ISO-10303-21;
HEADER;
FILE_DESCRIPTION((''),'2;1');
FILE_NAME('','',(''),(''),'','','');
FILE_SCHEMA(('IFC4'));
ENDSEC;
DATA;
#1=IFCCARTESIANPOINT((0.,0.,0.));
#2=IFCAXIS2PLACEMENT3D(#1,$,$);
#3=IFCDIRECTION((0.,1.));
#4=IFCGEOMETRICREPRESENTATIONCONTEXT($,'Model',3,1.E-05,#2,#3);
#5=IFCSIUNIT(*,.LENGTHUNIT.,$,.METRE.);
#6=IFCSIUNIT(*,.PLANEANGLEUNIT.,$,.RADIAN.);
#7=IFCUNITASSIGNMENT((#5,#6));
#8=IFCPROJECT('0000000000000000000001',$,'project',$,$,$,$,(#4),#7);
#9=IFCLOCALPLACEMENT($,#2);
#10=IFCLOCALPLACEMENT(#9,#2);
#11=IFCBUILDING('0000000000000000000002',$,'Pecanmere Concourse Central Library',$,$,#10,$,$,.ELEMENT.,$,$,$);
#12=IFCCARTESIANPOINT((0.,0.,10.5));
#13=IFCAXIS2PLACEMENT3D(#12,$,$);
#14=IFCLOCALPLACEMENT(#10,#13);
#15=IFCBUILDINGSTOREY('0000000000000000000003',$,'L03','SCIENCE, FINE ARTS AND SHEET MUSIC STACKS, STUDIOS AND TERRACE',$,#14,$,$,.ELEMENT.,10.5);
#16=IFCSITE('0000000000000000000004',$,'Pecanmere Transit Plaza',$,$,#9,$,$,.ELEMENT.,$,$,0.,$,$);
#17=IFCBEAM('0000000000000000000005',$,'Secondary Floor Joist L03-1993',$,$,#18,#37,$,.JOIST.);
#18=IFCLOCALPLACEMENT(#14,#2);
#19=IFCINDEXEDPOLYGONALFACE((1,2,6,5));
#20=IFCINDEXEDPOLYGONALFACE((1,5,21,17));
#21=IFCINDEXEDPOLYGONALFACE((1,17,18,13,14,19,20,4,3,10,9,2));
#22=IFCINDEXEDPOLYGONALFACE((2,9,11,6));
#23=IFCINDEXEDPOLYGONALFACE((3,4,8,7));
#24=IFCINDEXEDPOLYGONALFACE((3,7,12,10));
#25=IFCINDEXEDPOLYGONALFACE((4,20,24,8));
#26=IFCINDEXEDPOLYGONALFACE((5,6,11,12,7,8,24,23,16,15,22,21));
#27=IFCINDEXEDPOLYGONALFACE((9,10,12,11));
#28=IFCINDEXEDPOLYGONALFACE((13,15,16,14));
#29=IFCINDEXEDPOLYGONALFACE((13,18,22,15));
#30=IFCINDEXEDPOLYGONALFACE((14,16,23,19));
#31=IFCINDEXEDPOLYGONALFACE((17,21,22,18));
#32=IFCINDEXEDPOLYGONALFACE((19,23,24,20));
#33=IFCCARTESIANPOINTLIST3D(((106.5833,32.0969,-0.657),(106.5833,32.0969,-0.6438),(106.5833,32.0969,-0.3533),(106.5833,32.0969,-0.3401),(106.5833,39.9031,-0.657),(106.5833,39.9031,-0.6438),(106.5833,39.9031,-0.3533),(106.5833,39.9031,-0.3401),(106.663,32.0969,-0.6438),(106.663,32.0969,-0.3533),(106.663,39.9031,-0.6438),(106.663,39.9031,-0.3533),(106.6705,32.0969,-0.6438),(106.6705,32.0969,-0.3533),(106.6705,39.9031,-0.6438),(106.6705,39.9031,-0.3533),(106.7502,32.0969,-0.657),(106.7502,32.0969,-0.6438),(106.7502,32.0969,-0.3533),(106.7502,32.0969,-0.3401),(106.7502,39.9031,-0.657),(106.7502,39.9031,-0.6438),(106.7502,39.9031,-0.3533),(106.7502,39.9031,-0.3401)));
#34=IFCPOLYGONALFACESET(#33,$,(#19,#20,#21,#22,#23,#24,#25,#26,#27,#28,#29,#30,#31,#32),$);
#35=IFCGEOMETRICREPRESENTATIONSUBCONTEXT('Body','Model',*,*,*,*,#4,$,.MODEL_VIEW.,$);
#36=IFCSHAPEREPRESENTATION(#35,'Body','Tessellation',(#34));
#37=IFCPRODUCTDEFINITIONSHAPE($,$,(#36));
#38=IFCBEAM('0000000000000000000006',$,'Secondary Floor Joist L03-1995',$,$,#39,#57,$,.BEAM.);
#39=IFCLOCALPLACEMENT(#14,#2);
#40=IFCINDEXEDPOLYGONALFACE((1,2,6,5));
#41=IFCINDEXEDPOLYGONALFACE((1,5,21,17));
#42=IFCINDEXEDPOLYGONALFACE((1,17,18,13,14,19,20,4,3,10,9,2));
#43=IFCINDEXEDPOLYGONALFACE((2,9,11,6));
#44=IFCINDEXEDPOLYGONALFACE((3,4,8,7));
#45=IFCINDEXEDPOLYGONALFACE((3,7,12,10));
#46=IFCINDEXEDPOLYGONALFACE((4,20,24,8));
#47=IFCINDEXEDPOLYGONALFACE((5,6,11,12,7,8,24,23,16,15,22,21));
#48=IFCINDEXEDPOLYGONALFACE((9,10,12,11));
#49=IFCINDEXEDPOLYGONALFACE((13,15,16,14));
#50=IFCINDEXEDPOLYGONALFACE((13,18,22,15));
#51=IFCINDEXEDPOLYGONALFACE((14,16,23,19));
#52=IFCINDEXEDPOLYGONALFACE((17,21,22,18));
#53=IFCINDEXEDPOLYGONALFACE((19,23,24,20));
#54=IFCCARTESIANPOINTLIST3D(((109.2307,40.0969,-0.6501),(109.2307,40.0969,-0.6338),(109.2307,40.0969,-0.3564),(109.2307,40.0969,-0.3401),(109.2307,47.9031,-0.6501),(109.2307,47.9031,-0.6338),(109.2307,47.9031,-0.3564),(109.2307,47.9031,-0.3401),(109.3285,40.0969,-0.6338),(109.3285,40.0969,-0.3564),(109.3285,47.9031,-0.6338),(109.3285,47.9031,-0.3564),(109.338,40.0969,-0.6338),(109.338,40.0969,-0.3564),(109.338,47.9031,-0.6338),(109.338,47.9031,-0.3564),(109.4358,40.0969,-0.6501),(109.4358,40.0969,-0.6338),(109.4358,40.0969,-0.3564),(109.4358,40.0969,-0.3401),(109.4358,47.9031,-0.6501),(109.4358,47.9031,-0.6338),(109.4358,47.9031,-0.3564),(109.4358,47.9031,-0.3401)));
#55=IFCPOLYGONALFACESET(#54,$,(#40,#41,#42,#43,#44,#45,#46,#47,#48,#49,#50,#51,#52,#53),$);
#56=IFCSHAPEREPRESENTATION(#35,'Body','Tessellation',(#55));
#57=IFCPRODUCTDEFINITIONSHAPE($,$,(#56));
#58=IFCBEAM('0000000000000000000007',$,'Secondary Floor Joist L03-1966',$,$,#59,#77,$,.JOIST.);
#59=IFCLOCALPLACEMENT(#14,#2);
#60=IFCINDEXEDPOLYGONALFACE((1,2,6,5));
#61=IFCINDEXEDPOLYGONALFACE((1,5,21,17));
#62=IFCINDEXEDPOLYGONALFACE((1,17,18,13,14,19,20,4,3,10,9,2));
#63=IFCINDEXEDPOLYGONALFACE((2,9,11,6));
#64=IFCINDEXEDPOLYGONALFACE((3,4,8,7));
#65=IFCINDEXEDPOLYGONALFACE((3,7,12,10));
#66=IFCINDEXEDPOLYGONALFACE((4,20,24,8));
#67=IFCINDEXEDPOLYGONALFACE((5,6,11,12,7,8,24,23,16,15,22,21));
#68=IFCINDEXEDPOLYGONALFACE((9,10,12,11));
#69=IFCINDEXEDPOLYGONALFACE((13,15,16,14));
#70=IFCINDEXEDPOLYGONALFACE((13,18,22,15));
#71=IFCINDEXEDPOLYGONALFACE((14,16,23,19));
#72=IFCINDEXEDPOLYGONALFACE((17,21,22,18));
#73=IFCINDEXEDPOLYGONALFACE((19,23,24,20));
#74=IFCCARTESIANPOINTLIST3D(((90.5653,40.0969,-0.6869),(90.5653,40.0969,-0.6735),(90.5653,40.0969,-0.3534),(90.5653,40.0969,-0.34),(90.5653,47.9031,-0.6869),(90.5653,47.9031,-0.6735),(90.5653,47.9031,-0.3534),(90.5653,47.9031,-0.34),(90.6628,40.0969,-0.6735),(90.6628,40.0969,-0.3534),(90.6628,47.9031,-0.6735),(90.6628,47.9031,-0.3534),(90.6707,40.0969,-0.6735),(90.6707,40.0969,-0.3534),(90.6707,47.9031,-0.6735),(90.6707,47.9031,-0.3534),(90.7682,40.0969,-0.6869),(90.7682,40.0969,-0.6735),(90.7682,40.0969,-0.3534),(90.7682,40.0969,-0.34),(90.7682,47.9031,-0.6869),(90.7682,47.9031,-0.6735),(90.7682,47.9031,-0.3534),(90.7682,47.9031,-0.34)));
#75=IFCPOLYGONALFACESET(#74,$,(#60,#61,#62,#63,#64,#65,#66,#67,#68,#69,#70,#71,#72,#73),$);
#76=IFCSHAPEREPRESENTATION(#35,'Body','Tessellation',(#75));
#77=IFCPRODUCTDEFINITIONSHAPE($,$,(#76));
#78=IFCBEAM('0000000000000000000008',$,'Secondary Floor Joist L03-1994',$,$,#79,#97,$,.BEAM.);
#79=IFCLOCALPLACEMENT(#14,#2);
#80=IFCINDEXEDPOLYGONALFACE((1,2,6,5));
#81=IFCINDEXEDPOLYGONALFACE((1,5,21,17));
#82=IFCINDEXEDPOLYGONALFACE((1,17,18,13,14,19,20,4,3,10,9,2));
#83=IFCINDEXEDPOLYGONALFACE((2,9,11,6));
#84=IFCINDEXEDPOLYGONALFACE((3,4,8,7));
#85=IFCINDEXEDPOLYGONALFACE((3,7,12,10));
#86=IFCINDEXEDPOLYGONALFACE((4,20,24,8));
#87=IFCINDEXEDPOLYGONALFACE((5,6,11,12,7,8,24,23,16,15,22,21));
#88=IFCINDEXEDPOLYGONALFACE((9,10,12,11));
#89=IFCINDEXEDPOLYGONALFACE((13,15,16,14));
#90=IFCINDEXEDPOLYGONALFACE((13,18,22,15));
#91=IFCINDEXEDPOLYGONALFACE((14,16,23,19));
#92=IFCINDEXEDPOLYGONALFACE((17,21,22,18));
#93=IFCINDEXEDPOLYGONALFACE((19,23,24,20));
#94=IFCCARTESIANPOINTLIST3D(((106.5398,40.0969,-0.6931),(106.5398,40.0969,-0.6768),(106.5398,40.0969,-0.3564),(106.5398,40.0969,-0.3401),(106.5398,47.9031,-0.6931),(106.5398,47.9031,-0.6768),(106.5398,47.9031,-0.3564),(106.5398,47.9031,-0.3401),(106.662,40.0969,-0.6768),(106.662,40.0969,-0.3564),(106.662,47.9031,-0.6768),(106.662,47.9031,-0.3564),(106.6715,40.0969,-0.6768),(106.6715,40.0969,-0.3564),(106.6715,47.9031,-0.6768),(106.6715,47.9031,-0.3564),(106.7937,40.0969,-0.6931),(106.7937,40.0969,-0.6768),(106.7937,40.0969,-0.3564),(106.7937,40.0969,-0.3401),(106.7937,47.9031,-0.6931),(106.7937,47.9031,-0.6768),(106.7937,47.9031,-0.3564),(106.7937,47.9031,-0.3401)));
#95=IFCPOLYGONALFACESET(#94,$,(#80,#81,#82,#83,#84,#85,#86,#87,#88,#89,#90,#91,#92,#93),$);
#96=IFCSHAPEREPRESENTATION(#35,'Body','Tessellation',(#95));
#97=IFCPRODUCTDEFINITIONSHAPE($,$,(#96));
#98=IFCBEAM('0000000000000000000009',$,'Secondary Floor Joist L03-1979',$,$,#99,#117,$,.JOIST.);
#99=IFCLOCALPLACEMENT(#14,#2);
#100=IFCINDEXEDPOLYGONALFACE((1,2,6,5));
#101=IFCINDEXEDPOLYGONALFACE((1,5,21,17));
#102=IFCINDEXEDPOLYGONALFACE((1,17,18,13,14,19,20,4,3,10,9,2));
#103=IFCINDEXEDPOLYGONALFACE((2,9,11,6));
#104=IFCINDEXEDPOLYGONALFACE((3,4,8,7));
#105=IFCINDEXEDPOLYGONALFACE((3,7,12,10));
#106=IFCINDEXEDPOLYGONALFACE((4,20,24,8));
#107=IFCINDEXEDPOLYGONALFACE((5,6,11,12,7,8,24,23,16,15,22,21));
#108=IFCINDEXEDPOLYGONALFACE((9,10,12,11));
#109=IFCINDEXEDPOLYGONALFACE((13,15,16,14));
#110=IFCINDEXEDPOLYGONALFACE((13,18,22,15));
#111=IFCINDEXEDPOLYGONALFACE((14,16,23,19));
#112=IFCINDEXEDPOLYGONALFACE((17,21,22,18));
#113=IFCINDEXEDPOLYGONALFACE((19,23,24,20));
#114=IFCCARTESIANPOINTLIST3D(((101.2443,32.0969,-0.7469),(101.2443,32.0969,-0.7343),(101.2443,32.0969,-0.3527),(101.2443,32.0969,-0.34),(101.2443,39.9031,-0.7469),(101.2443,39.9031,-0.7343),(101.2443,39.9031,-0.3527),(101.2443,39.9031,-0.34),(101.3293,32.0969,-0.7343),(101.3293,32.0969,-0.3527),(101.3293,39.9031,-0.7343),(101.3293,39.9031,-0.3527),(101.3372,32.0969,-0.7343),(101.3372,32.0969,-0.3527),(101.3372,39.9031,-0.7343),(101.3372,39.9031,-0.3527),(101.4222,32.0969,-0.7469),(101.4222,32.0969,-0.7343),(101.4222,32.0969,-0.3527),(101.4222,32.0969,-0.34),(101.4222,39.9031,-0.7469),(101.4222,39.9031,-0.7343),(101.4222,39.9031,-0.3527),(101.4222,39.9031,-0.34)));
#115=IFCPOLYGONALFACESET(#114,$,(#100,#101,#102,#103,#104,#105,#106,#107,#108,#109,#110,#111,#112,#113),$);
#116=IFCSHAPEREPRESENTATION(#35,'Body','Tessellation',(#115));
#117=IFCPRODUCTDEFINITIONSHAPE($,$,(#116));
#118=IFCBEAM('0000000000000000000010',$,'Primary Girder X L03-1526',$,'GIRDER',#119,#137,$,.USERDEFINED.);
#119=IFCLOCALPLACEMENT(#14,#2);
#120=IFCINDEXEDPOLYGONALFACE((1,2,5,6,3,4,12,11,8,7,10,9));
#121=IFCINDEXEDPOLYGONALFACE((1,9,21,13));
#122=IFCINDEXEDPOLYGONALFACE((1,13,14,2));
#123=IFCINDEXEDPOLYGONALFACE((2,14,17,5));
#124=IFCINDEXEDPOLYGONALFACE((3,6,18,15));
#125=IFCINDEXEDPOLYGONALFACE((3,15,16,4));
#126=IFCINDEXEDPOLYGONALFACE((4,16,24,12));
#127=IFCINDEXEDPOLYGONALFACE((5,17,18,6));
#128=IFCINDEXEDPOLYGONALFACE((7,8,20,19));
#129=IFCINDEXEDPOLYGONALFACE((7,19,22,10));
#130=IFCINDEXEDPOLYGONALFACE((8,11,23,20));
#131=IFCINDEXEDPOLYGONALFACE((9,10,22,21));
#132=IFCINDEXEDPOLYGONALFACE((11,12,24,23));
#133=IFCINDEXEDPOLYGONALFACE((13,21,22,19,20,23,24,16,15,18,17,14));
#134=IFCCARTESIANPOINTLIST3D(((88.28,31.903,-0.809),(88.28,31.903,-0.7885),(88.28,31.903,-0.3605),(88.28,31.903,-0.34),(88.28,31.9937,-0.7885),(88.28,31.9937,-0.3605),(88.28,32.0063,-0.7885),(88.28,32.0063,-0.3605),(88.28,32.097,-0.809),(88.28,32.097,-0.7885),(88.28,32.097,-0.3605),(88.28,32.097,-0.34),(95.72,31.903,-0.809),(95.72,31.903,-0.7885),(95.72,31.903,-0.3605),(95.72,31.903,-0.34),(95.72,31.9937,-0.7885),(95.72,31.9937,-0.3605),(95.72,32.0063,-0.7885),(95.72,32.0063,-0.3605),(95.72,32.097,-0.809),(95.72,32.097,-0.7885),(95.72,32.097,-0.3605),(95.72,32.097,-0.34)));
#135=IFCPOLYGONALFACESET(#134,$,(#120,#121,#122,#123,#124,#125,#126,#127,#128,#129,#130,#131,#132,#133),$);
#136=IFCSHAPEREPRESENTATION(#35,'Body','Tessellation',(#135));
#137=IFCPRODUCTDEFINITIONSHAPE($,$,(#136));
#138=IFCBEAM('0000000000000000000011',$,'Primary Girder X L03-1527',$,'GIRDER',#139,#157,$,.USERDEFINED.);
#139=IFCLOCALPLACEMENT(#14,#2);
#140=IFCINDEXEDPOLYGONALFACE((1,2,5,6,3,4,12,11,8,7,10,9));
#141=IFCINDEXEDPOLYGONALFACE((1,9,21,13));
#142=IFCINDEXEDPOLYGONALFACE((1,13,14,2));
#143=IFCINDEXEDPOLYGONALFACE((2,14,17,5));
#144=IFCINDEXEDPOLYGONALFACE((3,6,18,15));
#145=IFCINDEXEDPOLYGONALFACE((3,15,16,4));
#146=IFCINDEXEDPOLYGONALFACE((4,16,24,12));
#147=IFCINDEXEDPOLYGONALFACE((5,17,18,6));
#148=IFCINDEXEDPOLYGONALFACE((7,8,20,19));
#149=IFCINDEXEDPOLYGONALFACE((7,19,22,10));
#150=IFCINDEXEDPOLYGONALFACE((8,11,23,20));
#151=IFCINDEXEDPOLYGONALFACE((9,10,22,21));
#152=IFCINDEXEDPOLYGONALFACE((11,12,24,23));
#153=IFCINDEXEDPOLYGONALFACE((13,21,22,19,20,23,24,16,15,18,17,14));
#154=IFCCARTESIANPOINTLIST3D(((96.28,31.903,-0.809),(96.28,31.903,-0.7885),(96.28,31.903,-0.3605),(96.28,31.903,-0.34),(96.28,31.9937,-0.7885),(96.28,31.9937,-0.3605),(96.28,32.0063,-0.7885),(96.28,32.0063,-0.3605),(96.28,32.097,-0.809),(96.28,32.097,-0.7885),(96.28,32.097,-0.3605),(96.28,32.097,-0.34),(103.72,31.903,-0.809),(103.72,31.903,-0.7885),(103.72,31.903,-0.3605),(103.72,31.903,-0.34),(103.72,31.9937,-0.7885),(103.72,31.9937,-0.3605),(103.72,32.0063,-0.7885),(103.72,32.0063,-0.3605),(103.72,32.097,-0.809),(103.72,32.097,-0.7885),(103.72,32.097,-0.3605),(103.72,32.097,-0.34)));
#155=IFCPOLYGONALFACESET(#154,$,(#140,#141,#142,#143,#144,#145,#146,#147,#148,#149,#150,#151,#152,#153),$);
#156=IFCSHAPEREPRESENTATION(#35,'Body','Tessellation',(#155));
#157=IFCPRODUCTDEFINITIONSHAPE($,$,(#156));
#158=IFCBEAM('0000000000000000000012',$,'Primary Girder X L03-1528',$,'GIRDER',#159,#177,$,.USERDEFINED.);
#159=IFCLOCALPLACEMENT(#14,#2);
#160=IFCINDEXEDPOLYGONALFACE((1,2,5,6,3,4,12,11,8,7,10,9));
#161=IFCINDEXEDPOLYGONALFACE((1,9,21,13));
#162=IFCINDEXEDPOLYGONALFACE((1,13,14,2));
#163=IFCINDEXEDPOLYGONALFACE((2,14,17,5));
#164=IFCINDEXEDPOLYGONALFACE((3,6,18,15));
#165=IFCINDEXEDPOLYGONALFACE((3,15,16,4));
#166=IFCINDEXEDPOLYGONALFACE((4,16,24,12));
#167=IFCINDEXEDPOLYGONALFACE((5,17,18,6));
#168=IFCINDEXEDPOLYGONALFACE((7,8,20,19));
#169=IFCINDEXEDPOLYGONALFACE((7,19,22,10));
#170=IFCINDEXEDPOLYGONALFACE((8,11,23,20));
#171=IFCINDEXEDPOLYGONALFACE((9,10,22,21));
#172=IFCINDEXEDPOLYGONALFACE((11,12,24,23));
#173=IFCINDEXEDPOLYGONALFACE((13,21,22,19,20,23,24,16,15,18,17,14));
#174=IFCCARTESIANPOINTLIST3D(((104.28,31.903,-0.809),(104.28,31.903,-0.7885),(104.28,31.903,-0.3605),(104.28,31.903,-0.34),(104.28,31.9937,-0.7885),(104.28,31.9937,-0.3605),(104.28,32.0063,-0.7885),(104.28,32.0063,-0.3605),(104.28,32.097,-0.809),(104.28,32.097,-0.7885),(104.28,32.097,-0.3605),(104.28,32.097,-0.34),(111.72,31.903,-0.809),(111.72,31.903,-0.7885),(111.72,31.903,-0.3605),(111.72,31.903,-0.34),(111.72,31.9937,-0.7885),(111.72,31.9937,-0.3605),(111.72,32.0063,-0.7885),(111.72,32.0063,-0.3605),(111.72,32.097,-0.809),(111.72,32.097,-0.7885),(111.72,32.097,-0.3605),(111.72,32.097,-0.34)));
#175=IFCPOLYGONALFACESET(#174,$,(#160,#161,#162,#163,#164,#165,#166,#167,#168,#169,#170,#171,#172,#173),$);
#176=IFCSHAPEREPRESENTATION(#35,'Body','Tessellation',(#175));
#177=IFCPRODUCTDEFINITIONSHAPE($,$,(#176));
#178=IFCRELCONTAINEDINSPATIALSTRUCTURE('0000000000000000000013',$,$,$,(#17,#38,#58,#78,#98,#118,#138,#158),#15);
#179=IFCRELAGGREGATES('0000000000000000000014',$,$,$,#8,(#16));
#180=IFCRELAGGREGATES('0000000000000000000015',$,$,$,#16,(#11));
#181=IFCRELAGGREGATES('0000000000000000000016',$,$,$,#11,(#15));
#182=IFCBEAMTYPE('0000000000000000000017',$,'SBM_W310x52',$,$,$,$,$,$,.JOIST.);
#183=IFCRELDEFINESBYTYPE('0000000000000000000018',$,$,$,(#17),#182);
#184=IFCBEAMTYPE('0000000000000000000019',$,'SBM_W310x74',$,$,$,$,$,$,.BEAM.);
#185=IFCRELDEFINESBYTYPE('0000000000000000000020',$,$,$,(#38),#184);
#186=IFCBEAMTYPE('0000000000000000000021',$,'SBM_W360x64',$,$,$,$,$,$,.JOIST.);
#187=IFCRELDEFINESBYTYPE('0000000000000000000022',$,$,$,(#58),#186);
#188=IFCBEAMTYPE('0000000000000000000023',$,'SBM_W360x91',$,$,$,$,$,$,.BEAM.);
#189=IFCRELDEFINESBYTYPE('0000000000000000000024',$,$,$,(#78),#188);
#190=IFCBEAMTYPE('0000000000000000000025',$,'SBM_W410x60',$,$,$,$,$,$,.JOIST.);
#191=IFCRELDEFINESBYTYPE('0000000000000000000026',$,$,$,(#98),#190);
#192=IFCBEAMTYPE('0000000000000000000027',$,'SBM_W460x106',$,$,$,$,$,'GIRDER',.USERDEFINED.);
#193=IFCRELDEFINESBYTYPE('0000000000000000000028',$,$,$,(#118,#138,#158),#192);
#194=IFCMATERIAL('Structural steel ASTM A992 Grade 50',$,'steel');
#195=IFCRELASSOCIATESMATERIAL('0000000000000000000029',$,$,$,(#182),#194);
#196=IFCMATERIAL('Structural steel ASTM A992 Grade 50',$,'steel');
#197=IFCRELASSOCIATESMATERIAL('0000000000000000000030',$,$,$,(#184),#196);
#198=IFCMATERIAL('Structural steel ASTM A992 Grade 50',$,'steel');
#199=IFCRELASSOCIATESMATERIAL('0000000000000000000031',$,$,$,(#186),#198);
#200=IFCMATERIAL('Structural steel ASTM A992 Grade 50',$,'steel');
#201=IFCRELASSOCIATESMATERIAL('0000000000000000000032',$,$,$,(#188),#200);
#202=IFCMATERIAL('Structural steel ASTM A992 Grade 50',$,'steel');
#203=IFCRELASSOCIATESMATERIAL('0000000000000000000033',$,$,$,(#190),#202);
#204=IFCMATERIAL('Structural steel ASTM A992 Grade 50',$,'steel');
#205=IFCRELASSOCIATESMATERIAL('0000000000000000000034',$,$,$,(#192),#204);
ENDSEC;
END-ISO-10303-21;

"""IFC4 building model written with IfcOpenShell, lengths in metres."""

from ifc_helpers import new_model, si_unit, direction, frame, origin, origin_2d, place, context, subcontext, project, spatial, i_section, extrude, material, material_profile, profile_set, type_object, element, save


model = new_model("IFC4")

# Units and contexts
model_context = context("Model", 3, precision=1e-05, world=origin(), true_north=direction((0.0, 1.0)))
body_context = subcontext(model_context, "Body", "Model", "MODEL_VIEW")
ifc_project = project(units=[si_unit("LENGTHUNIT", "METRE"), si_unit("PLANEANGLEUNIT", "RADIAN")], contexts=[model_context])

# Site, building, storey
site_placement = place(None, origin())
site = spatial("IfcSite", under=ifc_project, at=site_placement, Name="Pecanmere Transit Plaza", CompositionType="ELEMENT", RefElevation=0.0)
building_placement = place(site_placement, origin())
building = spatial("IfcBuilding", under=site, at=building_placement, Name="Pecanmere Concourse Central Library", CompositionType="ELEMENT")
storey_placement = place(building_placement, frame((0.0, 0.0, 10.5)))
storey = spatial("IfcBuildingStorey", under=building, at=storey_placement, Name="L03", Description="SCIENCE, FINE ARTS AND SHEET MUSIC STACKS, STUDIOS AND TERRACE", CompositionType="ELEMENT", Elevation=10.5)

# Beams
ifc_material_1 = material(Name="Structural steel ASTM A992 Grade 50", Category="steel")
ifc_material_profile_1 = material_profile(ifc_material_1, i_section(OverallWidth=0.167, OverallDepth=0.3169, WebThickness=0.0076, FlangeThickness=0.0132, at=origin_2d()), Name="W310x52")
ifc_profile_set_1 = profile_set([ifc_material_profile_1], Name="Structural steel ASTM A992 Grade 50")
beam_type_1 = type_object("IfcBeamType", Name="SBM_W310x52", PredefinedType="JOIST", material=ifc_profile_set_1)
for number, where, z_axis, x_axis, name in (
    (1, (106.6667, 32.0969, -0.4985), (0.0, 1.0, 0.0), (-1.0, 0.0, 0.0), "Secondary Floor Joist L03-1993"),
):
    element("IfcBeam", number, at=place(storey_placement, frame(where, z_axis=z_axis, x_axis=x_axis)), inside=storey, type_object=beam_type_1, Name=name, PredefinedType="JOIST", context=body_context, shape_type="SweptSolid", body=[
        extrude(i_section(OverallWidth=0.167, OverallDepth=0.3169, WebThickness=0.0076, FlangeThickness=0.0132, at=origin_2d()), origin(), (0.0, 0.0, 1.0), 7.8062),
    ])
ifc_material_2 = material(Name="Structural steel ASTM A992 Grade 50", Category="steel")
ifc_material_profile_2 = material_profile(ifc_material_2, i_section(OverallWidth=0.2051, OverallDepth=0.3101, WebThickness=0.0095, FlangeThickness=0.0164, at=origin_2d()), Name="W310x74")
ifc_profile_set_2 = profile_set([ifc_material_profile_2], Name="Structural steel ASTM A992 Grade 50")
beam_type_2 = type_object("IfcBeamType", Name="SBM_W310x74", PredefinedType="BEAM", material=ifc_profile_set_2)
beam_1_placement = place(storey_placement, frame((109.3333, 40.0969, -0.4951), z_axis=(0.0, 1.0, 0.0), x_axis=(-1.0, 0.0, 0.0)))
element("IfcBeam", 2, at=beam_1_placement, inside=storey, type_object=beam_type_2, Name="Secondary Floor Joist L03-1995", PredefinedType="BEAM", context=body_context, shape_type="SweptSolid", body=[
    extrude(i_section(OverallWidth=0.2051, OverallDepth=0.3101, WebThickness=0.0095, FlangeThickness=0.0164, at=origin_2d()), origin(), (0.0, 0.0, 1.0), 7.8062),
])
ifc_material_3 = material(Name="Structural steel ASTM A992 Grade 50", Category="steel")
ifc_material_profile_3 = material_profile(ifc_material_3, i_section(OverallWidth=0.2029, OverallDepth=0.3469, WebThickness=0.0078, FlangeThickness=0.0134, at=origin_2d()), Name="W360x64")
ifc_profile_set_3 = profile_set([ifc_material_profile_3], Name="Structural steel ASTM A992 Grade 50")
beam_type_3 = type_object("IfcBeamType", Name="SBM_W360x64", PredefinedType="JOIST", material=ifc_profile_set_3)
beam_2_placement = place(storey_placement, frame((90.6667, 40.0969, -0.5134), z_axis=(0.0, 1.0, 0.0), x_axis=(-1.0, 0.0, 0.0)))
element("IfcBeam", 3, at=beam_2_placement, inside=storey, type_object=beam_type_3, Name="Secondary Floor Joist L03-1966", PredefinedType="JOIST", context=body_context, shape_type="SweptSolid", body=[
    extrude(i_section(OverallWidth=0.2029, OverallDepth=0.3469, WebThickness=0.0078, FlangeThickness=0.0134, at=origin_2d()), origin(), (0.0, 0.0, 1.0), 7.8062),
])
ifc_material_4 = material(Name="Structural steel ASTM A992 Grade 50", Category="steel")
ifc_material_profile_4 = material_profile(ifc_material_4, i_section(OverallWidth=0.2539, OverallDepth=0.353, WebThickness=0.0095, FlangeThickness=0.0164, at=origin_2d()), Name="W360x91")
ifc_profile_set_4 = profile_set([ifc_material_profile_4], Name="Structural steel ASTM A992 Grade 50")
beam_type_4 = type_object("IfcBeamType", Name="SBM_W360x91", PredefinedType="BEAM", material=ifc_profile_set_4)
beam_3_placement = place(storey_placement, frame((106.6667, 40.0969, -0.5166), z_axis=(0.0, 1.0, 0.0), x_axis=(-1.0, 0.0, 0.0)))
element("IfcBeam", 4, at=beam_3_placement, inside=storey, type_object=beam_type_4, Name="Secondary Floor Joist L03-1994", PredefinedType="BEAM", context=body_context, shape_type="SweptSolid", body=[
    extrude(i_section(OverallWidth=0.2539, OverallDepth=0.353, WebThickness=0.0095, FlangeThickness=0.0164, at=origin_2d()), origin(), (0.0, 0.0, 1.0), 7.8062),
])
ifc_material_5 = material(Name="Structural steel ASTM A992 Grade 50", Category="steel")
ifc_material_profile_5 = material_profile(ifc_material_5, i_section(OverallWidth=0.178, OverallDepth=0.407, WebThickness=0.0078, FlangeThickness=0.0127, at=origin_2d()), Name="W410x60")
ifc_profile_set_5 = profile_set([ifc_material_profile_5], Name="Structural steel ASTM A992 Grade 50")
beam_type_5 = type_object("IfcBeamType", Name="SBM_W410x60", PredefinedType="JOIST", material=ifc_profile_set_5)
beam_4_placement = place(storey_placement, frame((101.3333, 32.0969, -0.5435), z_axis=(0.0, 1.0, 0.0), x_axis=(-1.0, 0.0, 0.0)))
element("IfcBeam", 5, at=beam_4_placement, inside=storey, type_object=beam_type_5, Name="Secondary Floor Joist L03-1979", PredefinedType="JOIST", context=body_context, shape_type="SweptSolid", body=[
    extrude(i_section(OverallWidth=0.178, OverallDepth=0.407, WebThickness=0.0078, FlangeThickness=0.0127, at=origin_2d()), origin(), (0.0, 0.0, 1.0), 7.8062),
])
ifc_material_6 = material(Name="Structural steel ASTM A992 Grade 50", Category="steel")
ifc_material_profile_6 = material_profile(ifc_material_6, i_section(OverallWidth=0.1941, OverallDepth=0.469, WebThickness=0.0127, FlangeThickness=0.0205, at=origin_2d()), Name="W460x106")
ifc_profile_set_6 = profile_set([ifc_material_profile_6], Name="Structural steel ASTM A992 Grade 50")
beam_type_6 = type_object("IfcBeamType", Name="SBM_W460x106", ElementType="GIRDER", PredefinedType="USERDEFINED", material=ifc_profile_set_6)
for number, where, z_axis, x_axis, name in (
    (6, (88.28, 32.0, -0.5745), (1.0, 0.0, 0.0), (0.0, 1.0, 0.0), "Primary Girder X L03-1526"),
    (7, (96.28, 32.0, -0.5745), (1.0, 0.0, 0.0), (0.0, 1.0, 0.0), "Primary Girder X L03-1527"),
    (8, (104.28, 32.0, -0.5745), (1.0, 0.0, 0.0), (0.0, 1.0, 0.0), "Primary Girder X L03-1528"),
):
    element("IfcBeam", number, at=place(storey_placement, frame(where, z_axis=z_axis, x_axis=x_axis)), inside=storey, type_object=beam_type_6, Name=name, ObjectType="GIRDER", PredefinedType="USERDEFINED", context=body_context, shape_type="SweptSolid", body=[
        extrude(i_section(OverallWidth=0.1941, OverallDepth=0.469, WebThickness=0.0127, FlangeThickness=0.0205, at=origin_2d()), origin(), (0.0, 0.0, 1.0), 7.4399),
    ])

save(model, "model.ifc")
